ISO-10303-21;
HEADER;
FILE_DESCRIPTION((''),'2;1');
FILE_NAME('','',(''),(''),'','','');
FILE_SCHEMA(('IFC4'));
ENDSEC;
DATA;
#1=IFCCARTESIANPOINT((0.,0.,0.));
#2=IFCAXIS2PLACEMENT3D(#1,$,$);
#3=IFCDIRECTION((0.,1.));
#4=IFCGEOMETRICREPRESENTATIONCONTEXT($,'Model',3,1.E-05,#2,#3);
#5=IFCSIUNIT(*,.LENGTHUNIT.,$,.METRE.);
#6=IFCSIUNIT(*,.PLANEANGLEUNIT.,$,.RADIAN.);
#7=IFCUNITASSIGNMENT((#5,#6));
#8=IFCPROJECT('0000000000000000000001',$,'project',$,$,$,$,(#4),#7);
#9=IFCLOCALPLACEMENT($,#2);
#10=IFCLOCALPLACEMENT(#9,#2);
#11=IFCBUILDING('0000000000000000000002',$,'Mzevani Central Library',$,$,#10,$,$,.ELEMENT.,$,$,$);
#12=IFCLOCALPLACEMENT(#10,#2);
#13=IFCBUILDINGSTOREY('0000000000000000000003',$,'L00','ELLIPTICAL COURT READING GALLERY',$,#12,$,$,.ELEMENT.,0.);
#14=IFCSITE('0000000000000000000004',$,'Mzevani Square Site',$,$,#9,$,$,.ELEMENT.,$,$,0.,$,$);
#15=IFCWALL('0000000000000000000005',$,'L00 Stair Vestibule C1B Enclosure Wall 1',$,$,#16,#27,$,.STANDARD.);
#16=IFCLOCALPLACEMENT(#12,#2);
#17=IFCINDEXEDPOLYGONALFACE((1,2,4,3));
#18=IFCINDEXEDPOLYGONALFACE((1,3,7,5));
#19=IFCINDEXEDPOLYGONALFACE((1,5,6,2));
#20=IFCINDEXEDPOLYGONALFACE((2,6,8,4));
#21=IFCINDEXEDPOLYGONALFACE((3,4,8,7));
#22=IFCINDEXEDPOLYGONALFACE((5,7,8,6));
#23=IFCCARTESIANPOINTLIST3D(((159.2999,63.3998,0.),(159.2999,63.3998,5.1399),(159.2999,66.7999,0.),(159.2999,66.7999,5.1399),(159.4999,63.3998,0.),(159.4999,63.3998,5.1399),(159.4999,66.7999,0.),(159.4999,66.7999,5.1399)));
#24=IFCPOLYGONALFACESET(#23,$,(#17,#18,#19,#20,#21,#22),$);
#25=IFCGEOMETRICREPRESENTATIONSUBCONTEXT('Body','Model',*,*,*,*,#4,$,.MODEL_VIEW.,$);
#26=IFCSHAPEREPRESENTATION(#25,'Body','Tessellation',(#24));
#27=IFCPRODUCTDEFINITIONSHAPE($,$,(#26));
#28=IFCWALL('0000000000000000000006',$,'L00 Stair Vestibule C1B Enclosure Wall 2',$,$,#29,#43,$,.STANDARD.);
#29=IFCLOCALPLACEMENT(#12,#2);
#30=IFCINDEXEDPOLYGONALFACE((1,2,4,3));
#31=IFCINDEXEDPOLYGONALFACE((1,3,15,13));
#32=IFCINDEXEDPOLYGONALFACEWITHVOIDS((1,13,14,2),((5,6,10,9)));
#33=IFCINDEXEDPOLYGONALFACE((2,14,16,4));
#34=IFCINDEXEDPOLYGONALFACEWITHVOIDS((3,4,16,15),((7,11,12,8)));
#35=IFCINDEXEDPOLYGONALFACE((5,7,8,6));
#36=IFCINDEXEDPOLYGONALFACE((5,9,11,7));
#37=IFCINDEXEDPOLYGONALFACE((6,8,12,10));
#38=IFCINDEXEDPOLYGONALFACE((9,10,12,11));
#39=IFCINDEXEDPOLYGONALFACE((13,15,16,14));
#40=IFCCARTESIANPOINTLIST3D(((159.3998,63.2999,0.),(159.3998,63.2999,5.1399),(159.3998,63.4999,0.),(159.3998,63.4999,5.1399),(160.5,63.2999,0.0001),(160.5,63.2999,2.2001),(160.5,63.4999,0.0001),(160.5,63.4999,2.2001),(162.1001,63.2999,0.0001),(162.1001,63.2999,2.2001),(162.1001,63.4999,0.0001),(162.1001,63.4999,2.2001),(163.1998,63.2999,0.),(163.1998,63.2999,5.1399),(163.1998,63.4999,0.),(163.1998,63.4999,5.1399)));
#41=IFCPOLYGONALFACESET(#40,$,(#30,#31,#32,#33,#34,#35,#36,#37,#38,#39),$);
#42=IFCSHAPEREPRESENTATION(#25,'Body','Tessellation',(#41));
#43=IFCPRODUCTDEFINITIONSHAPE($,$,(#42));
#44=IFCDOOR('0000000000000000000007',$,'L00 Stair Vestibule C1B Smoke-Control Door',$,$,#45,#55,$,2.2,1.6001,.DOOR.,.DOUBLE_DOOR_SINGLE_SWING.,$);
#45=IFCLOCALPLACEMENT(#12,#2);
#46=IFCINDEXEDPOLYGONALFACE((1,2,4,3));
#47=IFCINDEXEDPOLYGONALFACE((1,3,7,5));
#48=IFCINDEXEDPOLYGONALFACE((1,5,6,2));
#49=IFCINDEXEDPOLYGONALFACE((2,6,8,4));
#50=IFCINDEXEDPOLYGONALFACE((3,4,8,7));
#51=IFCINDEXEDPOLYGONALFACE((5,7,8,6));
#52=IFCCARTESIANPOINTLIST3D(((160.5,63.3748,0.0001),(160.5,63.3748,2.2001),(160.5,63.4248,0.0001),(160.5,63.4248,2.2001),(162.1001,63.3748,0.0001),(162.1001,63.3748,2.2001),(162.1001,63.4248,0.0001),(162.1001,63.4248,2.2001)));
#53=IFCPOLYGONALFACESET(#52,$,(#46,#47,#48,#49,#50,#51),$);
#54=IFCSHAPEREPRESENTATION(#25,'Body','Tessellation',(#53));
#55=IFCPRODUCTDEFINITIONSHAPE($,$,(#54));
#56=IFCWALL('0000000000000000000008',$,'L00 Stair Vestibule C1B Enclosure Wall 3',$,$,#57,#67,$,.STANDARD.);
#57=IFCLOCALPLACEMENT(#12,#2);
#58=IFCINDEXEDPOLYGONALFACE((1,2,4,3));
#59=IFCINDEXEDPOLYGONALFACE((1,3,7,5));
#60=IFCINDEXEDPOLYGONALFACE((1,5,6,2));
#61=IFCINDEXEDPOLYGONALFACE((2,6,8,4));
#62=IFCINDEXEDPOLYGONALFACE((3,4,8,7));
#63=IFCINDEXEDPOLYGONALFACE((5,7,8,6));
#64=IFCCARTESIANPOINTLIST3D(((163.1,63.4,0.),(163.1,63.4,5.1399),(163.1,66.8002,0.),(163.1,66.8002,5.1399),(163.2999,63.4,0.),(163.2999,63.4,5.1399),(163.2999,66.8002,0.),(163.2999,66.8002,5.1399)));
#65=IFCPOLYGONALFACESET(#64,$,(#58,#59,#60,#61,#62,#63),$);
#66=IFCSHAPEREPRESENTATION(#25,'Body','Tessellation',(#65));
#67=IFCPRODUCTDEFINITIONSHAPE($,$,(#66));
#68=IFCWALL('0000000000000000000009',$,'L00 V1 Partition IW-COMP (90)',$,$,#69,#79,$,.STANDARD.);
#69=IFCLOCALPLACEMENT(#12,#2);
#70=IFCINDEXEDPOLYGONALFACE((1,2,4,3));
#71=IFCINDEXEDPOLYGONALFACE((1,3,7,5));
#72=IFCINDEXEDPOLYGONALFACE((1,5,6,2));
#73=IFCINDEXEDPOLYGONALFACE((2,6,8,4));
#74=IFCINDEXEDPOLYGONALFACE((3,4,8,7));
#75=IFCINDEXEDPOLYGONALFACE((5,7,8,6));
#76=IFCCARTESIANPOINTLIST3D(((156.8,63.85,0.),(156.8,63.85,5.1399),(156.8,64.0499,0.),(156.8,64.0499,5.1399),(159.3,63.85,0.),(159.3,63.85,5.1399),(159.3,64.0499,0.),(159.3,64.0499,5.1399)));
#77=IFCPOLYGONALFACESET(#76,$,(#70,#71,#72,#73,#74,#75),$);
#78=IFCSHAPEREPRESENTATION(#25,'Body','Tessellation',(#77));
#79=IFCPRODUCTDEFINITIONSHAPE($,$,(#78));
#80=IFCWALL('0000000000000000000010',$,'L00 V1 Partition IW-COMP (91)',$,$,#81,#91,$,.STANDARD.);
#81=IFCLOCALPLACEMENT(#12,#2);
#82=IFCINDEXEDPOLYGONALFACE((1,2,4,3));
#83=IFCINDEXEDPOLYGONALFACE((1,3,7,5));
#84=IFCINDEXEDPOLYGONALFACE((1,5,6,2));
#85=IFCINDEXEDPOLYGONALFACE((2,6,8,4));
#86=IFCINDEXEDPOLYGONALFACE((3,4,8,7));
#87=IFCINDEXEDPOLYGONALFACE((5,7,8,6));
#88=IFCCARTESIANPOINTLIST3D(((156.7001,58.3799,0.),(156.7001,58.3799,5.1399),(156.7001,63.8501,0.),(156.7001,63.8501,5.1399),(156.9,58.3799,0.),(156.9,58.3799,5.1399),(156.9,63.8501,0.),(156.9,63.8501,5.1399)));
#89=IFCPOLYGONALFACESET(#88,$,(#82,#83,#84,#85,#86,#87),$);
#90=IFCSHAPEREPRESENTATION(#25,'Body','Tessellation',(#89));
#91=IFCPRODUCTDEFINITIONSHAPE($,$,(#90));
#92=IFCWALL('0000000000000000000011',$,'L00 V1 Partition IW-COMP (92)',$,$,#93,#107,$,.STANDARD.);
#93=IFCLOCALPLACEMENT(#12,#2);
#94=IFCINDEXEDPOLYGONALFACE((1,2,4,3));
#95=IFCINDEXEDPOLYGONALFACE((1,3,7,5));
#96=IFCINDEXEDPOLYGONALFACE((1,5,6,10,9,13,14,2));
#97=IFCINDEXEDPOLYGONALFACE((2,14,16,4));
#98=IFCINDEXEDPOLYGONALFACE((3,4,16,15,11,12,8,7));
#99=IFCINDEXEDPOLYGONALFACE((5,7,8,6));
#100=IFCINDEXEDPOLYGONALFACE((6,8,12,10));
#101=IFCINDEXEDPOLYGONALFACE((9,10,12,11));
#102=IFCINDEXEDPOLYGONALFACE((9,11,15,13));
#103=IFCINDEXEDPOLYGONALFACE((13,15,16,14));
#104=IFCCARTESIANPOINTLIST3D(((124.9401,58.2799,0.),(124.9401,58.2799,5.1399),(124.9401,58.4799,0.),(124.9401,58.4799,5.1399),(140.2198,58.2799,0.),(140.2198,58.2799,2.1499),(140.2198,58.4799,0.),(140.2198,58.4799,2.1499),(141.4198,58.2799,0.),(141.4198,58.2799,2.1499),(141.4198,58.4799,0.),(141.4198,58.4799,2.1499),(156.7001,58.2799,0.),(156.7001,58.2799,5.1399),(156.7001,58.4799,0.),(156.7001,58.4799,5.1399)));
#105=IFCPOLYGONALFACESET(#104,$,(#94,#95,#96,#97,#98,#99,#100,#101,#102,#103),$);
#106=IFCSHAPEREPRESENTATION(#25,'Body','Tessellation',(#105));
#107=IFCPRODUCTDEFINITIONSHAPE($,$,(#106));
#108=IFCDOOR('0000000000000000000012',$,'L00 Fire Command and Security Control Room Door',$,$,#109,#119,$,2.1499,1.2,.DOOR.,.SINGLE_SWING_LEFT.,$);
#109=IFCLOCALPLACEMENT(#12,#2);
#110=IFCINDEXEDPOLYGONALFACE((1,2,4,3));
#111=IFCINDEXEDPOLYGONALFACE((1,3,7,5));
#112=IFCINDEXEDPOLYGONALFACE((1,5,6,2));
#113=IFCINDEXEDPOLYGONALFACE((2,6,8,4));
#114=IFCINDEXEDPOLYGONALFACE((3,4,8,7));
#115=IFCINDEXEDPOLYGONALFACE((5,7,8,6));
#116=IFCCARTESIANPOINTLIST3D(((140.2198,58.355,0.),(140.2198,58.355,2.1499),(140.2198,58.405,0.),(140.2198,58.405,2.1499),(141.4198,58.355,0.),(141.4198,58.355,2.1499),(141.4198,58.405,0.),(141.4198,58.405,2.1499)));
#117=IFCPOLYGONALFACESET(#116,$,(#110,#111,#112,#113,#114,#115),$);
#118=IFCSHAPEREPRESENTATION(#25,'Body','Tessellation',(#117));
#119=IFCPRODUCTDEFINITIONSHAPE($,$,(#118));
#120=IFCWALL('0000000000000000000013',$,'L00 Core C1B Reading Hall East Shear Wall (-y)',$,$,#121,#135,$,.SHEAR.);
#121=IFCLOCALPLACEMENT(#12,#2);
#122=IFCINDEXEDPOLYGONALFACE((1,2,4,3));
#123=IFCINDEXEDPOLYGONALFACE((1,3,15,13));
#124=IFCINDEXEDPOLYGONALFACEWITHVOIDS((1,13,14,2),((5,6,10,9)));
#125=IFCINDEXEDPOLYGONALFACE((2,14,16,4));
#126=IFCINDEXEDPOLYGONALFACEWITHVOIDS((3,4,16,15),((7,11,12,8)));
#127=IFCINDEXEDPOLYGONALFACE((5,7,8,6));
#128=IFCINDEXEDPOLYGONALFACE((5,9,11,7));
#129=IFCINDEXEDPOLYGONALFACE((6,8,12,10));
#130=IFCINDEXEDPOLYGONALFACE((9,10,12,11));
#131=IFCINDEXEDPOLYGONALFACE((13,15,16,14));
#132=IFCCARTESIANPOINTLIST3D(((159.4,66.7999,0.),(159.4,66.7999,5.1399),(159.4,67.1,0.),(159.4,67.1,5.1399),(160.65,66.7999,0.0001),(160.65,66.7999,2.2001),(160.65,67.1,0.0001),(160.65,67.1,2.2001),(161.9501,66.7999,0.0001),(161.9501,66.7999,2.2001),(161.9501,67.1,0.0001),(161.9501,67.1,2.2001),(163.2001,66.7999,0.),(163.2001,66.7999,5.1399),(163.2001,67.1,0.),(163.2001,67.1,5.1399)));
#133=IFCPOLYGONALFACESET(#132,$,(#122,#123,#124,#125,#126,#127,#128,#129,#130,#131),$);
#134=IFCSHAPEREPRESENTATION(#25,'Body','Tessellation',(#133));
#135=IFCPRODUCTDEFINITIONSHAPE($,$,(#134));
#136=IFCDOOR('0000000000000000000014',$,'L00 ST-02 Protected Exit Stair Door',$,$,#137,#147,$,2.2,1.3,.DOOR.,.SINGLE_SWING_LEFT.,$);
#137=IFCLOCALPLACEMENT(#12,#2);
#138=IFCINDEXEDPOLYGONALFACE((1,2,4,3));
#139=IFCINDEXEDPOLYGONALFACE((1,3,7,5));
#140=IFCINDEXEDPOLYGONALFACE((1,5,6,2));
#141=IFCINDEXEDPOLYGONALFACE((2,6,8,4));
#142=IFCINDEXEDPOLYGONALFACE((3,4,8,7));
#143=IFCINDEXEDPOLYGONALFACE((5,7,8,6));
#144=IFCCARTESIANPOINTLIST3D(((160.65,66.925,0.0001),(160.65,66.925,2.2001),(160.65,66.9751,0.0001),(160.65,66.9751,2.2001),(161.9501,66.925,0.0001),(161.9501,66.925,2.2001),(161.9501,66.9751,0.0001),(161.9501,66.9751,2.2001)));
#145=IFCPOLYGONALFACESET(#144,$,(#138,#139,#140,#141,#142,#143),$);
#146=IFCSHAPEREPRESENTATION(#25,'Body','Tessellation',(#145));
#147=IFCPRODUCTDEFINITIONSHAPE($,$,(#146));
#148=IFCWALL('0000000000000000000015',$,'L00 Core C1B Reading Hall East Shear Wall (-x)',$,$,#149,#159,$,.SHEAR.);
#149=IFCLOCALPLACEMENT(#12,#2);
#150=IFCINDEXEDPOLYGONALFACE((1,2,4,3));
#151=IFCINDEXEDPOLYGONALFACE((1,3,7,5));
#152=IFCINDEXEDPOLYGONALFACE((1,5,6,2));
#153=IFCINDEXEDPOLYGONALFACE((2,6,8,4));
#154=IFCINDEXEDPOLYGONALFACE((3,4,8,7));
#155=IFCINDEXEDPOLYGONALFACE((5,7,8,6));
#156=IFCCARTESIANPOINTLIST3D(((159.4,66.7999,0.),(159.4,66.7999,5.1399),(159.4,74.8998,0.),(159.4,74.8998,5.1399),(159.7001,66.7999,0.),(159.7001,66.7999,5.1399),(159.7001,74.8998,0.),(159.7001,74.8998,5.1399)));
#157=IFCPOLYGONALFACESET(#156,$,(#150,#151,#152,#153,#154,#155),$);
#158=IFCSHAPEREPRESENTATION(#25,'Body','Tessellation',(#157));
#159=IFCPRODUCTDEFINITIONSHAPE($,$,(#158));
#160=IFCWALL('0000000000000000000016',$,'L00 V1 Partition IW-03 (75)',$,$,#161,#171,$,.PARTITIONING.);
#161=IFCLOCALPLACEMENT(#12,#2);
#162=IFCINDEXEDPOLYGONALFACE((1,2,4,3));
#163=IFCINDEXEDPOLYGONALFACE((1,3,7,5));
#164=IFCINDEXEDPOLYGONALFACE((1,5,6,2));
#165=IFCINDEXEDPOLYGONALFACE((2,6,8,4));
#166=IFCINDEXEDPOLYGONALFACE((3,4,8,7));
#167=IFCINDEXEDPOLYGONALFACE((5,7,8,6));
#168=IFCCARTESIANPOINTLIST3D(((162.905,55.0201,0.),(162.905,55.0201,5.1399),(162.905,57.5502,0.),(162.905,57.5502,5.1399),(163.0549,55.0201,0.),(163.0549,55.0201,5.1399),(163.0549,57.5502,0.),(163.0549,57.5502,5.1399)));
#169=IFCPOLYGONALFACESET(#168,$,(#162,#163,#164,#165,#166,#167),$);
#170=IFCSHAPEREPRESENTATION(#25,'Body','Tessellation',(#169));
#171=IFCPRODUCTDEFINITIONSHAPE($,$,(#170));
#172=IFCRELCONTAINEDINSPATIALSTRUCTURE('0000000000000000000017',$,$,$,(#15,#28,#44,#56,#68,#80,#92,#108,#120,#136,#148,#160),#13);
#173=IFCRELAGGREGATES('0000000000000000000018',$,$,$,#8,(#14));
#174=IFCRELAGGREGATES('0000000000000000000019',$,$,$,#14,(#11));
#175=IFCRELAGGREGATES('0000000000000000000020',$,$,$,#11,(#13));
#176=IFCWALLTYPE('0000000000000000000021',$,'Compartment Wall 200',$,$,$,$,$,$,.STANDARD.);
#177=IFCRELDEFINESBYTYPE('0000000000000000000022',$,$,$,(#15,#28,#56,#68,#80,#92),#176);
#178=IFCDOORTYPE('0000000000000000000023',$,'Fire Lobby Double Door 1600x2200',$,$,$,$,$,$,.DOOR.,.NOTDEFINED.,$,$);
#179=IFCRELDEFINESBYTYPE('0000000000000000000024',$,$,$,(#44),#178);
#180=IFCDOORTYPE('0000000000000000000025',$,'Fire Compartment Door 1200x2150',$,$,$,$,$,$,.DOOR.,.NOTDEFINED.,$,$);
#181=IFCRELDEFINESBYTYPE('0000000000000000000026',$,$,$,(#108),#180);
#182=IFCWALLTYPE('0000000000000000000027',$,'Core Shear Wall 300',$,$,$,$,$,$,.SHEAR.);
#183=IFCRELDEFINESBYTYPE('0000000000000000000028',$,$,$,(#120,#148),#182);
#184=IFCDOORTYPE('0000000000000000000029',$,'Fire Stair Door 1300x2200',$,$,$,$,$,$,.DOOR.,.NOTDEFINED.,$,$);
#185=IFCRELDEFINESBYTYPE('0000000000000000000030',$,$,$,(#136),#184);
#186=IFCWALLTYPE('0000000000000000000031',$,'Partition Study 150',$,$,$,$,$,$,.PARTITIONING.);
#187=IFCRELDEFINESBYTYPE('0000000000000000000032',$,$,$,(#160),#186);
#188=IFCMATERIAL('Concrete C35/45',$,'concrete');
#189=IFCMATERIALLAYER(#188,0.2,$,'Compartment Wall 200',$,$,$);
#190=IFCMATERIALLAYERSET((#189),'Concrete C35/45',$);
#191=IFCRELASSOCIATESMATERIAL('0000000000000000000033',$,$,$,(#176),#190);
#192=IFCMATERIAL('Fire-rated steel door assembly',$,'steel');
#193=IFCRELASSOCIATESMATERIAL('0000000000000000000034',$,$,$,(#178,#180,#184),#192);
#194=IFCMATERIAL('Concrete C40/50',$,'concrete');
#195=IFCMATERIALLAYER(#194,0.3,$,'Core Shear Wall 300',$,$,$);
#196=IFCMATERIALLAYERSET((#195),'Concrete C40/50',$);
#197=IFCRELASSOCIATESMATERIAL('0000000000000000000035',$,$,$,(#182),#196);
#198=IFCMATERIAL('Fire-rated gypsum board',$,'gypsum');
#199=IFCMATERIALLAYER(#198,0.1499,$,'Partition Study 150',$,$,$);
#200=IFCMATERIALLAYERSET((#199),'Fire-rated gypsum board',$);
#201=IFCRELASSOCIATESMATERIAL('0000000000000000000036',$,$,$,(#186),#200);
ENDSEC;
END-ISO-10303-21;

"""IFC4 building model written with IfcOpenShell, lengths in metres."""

from ifc_helpers import new_model, si_unit, direction, frame, frame_2d, origin, place, context, subcontext, project, spatial, rectangle, extrude, material, layer, layer_set, type_object, element, fill, save


model = new_model("IFC4")

# Units and contexts
model_context = context("Model", 3, precision=1e-05, world=origin(), true_north=direction((0.0, 1.0)))
body_context = subcontext(model_context, "Body", "Model", "MODEL_VIEW")
ifc_project = project(units=[si_unit("LENGTHUNIT", "METRE"), si_unit("PLANEANGLEUNIT", "RADIAN")], contexts=[model_context])

# Site, building, storey
site_placement = place(None, origin())
site = spatial("IfcSite", under=ifc_project, at=site_placement, Name="Mzevani Square Site", CompositionType="ELEMENT", RefElevation=0.0)
building_placement = place(site_placement, origin())
building = spatial("IfcBuilding", under=site, at=building_placement, Name="Mzevani Central Library", CompositionType="ELEMENT")
storey_placement = place(building_placement, origin())
storey = spatial("IfcBuildingStorey", under=building, at=storey_placement, Name="L00", Description="ELLIPTICAL COURT READING GALLERY", CompositionType="ELEMENT", Elevation=0.0)

# Shared definitions
ifc_material_1 = material(Name="Concrete C40/50", Category="concrete")

# Wall
ifc_material_2 = material(Name="Concrete C35/45", Category="concrete")
ifc_layer_1 = layer(ifc_material_2, 0.2, Name="Compartment Wall 200")
ifc_layer_set_1 = layer_set([ifc_layer_1], Name="Concrete C35/45")
wall_type_1 = type_object("IfcWallType", Name="Compartment Wall 200", PredefinedType="STANDARD", material=ifc_layer_set_1)
wall_1_placement = place(storey_placement, frame((159.3999, 66.8, 0.0), z_axis=(0.0, 0.0, 1.0), x_axis=(0.0, -1.0, 0.0)))
element("IfcWall", 1, at=wall_1_placement, inside=storey, type_object=wall_type_1, Name="L00 Stair Vestibule C1B Enclosure Wall 1", PredefinedType="STANDARD", context=body_context, shape_type="SweptSolid", body=[
    extrude(rectangle(XDim=3.4001, YDim=0.2, at=frame_2d((1.7002, 0.0))), origin(), (0.0, 0.0, 1.0), 5.1399),
])

# Wall, opening, door
wall_2_placement = place(storey_placement, frame((159.3999, 63.3999, 0.0), z_axis=(0.0, 0.0, 1.0), x_axis=(1.0, 0.0, 0.0)))
wall_2 = element("IfcWall", 2, at=wall_2_placement, inside=storey, type_object=wall_type_1, Name="L00 Stair Vestibule C1B Enclosure Wall 2", PredefinedType="STANDARD", context=body_context, shape_type="SweptSolid", body=[
    extrude(rectangle(XDim=3.8, YDim=0.2, at=frame_2d((1.8999, 0.0))), origin(), (0.0, 0.0, 1.0), 5.1399),
])
opening_1_placement = place(wall_2_placement, frame((1.1001, 0.0, 0.0)))
opening_1 = element("IfcOpeningElement", 3, at=opening_1_placement, cuts=wall_2, PredefinedType="OPENING", context=body_context, shape_type="SweptSolid", body=[
    extrude(rectangle(XDim=1.6001, YDim=2.2, at=frame_2d((0.8, 1.1001))), frame((0.0, 0.1099, 0.0), z_axis=(0.0, -1.0, 0.0), x_axis=(1.0, 0.0, 0.0)), (0.0, 0.0, 1.0), 0.22),
])
ifc_material_3 = material(Name="Fire-rated steel door assembly", Category="steel")
door_type_1 = type_object("IfcDoorType", Name="Fire Lobby Double Door 1600x2200", OperationType="NOTDEFINED", PredefinedType="DOOR", material=ifc_material_3)
door_1_placement = place(opening_1_placement, origin())
door_1 = element("IfcDoor", 4, at=door_1_placement, inside=storey, type_object=door_type_1, Name="L00 Stair Vestibule C1B Smoke-Control Door", OperationType="DOUBLE_DOOR_SINGLE_SWING", OverallHeight=2.2, OverallWidth=1.6001, PredefinedType="DOOR", context=body_context, shape_type="SweptSolid", body=[
    extrude(rectangle(XDim=1.6001, YDim=2.2, at=frame_2d((0.8, 1.1001))), frame((0.0, 0.0249, 0.0), z_axis=(0.0, -1.0, 0.0), x_axis=(1.0, 0.0, 0.0)), (0.0, 0.0, 1.0), 0.05),
])
fill(opening_1, door_1)

# Walls
wall_3_placement = place(storey_placement, frame((163.2, 63.3999, 0.0), z_axis=(0.0, 0.0, 1.0), x_axis=(0.0, 1.0, 0.0)))
element("IfcWall", 5, at=wall_3_placement, inside=storey, type_object=wall_type_1, Name="L00 Stair Vestibule C1B Enclosure Wall 3", PredefinedType="STANDARD", context=body_context, shape_type="SweptSolid", body=[
    extrude(rectangle(XDim=3.4001, YDim=0.2, at=frame_2d((1.7002, 0.0))), origin(), (0.0, 0.0, 1.0), 5.1399),
])
wall_4_placement = place(storey_placement, frame((159.3, 63.95, 0.0), z_axis=(0.0, 0.0, 1.0), x_axis=(-1.0, 0.0, 0.0)))
element("IfcWall", 6, at=wall_4_placement, inside=storey, type_object=wall_type_1, Name="L00 V1 Partition IW-COMP (90)", PredefinedType="STANDARD", context=body_context, shape_type="SweptSolid", body=[
    extrude(rectangle(XDim=2.5, YDim=0.2, at=frame_2d((1.25, 0.0))), origin(), (0.0, 0.0, 1.0), 5.1399),
])
wall_5_placement = place(storey_placement, frame((156.8, 63.8501, 0.0), z_axis=(0.0, 0.0, 1.0), x_axis=(0.0, -1.0, 0.0)))
element("IfcWall", 7, at=wall_5_placement, inside=storey, type_object=wall_type_1, Name="L00 V1 Partition IW-COMP (91)", PredefinedType="STANDARD", context=body_context, shape_type="SweptSolid", body=[
    extrude(rectangle(XDim=5.4702, YDim=0.2, at=frame_2d((2.7351, 0.0))), origin(), (0.0, 0.0, 1.0), 5.1399),
])

# Walls, openings, doors
wall_6_placement = place(storey_placement, frame((156.7, 58.3799, 0.0), z_axis=(0.0, 0.0, 1.0), x_axis=(-1.0, 0.0, 0.0)))
wall_6 = element("IfcWall", 8, at=wall_6_placement, inside=storey, type_object=wall_type_1, Name="L00 V1 Partition IW-COMP (92)", PredefinedType="STANDARD", context=body_context, shape_type="SweptSolid", body=[
    extrude(rectangle(XDim=31.76, YDim=0.2, at=frame_2d((15.8799, 0.0))), origin(), (0.0, 0.0, 1.0), 5.1399),
])
opening_2_placement = place(wall_6_placement, frame((15.28, 0.0, 0.0)))
opening_2 = element("IfcOpeningElement", 9, at=opening_2_placement, cuts=wall_6, PredefinedType="OPENING", context=body_context, shape_type="SweptSolid", body=[
    extrude(rectangle(XDim=1.2, YDim=2.1499, at=frame_2d((0.6001, 1.075))), frame((0.0, 0.1099, 0.0), z_axis=(0.0, -1.0, 0.0), x_axis=(1.0, 0.0, 0.0)), (0.0, 0.0, 1.0), 0.22),
])
door_type_2 = type_object("IfcDoorType", Name="Fire Compartment Door 1200x2150", OperationType="NOTDEFINED", PredefinedType="DOOR", material=ifc_material_3)
door_2_placement = place(opening_2_placement, origin())
door_2 = element("IfcDoor", 10, at=door_2_placement, inside=storey, type_object=door_type_2, Name="L00 Fire Command and Security Control Room Door", OperationType="SINGLE_SWING_LEFT", OverallHeight=2.1499, OverallWidth=1.2, PredefinedType="DOOR", context=body_context, shape_type="SweptSolid", body=[
    extrude(rectangle(XDim=1.2, YDim=2.1499, at=frame_2d((0.6001, 1.075))), frame((0.0, 0.0249, 0.0), z_axis=(0.0, -1.0, 0.0), x_axis=(1.0, 0.0, 0.0)), (0.0, 0.0, 1.0), 0.05),
])
fill(opening_2, door_2)
ifc_layer_2 = layer(ifc_material_1, 0.3, Name="Core Shear Wall 300")
ifc_layer_set_2 = layer_set([ifc_layer_2], Name="Concrete C40/50")
wall_type_2 = type_object("IfcWallType", Name="Core Shear Wall 300", PredefinedType="SHEAR", material=ifc_layer_set_2)
wall_7_placement = place(storey_placement, frame((163.2, 66.95, 0.0), z_axis=(0.0, 0.0, 1.0), x_axis=(-1.0, 0.0, 0.0)))
wall_7 = element("IfcWall", 11, at=wall_7_placement, inside=storey, type_object=wall_type_2, Name="L00 Core C1B Reading Hall East Shear Wall (-y)", PredefinedType="SHEAR", context=body_context, shape_type="SweptSolid", body=[
    extrude(rectangle(XDim=3.8, YDim=0.3, at=frame_2d((1.8999, 0.0))), origin(), (0.0, 0.0, 1.0), 5.1399),
])
opening_3_placement = place(wall_7_placement, frame((1.25, 0.0, 0.0)))
opening_3 = element("IfcOpeningElement", 12, at=opening_3_placement, cuts=wall_7, PredefinedType="OPENING", context=body_context, shape_type="SweptSolid", body=[
    extrude(rectangle(XDim=1.3, YDim=2.2, at=frame_2d((0.6499, 1.1001))), frame((0.0, 0.1602, 0.0), z_axis=(0.0, -1.0, 0.0), x_axis=(1.0, 0.0, 0.0)), (0.0, 0.0, 1.0), 0.3201),
])
door_type_3 = type_object("IfcDoorType", Name="Fire Stair Door 1300x2200", OperationType="NOTDEFINED", PredefinedType="DOOR", material=ifc_material_3)
door_3_placement = place(opening_3_placement, origin())
door_3 = element("IfcDoor", 13, at=door_3_placement, inside=storey, type_object=door_type_3, Name="L00 ST-02 Protected Exit Stair Door", OperationType="SINGLE_SWING_LEFT", OverallHeight=2.2, OverallWidth=1.3, PredefinedType="DOOR", context=body_context, shape_type="SweptSolid", body=[
    extrude(rectangle(XDim=1.3, YDim=2.2, at=frame_2d((0.6499, 1.1001))), frame((0.0, 0.0249, 0.0), z_axis=(0.0, -1.0, 0.0), x_axis=(1.0, 0.0, 0.0)), (0.0, 0.0, 1.0), 0.05),
])
fill(opening_3, door_3)

# Walls
wall_8_placement = place(storey_placement, frame((159.55, 66.8, 0.0), z_axis=(0.0, 0.0, 1.0), x_axis=(0.0, 1.0, 0.0)))
element("IfcWall", 14, at=wall_8_placement, inside=storey, type_object=wall_type_2, Name="L00 Core C1B Reading Hall East Shear Wall (-x)", PredefinedType="SHEAR", context=body_context, shape_type="SweptSolid", body=[
    extrude(rectangle(XDim=8.0999, YDim=0.3, at=frame_2d((4.0498, 0.0))), origin(), (0.0, 0.0, 1.0), 5.1399),
])
ifc_material_4 = material(Name="Fire-rated gypsum board", Category="gypsum")
ifc_layer_3 = layer(ifc_material_4, 0.1499, Name="Partition Study 150")
ifc_layer_set_3 = layer_set([ifc_layer_3], Name="Fire-rated gypsum board")
wall_type_3 = type_object("IfcWallType", Name="Partition Study 150", PredefinedType="PARTITIONING", material=ifc_layer_set_3)
wall_9_placement = place(storey_placement, frame((162.98, 55.02, 0.0), z_axis=(0.0, 0.0, 1.0), x_axis=(0.0, 1.0, 0.0)))
element("IfcWall", 15, at=wall_9_placement, inside=storey, type_object=wall_type_3, Name="L00 V1 Partition IW-03 (75)", PredefinedType="PARTITIONING", context=body_context, shape_type="SweptSolid", body=[
    extrude(rectangle(XDim=2.53, YDim=0.1499, at=frame_2d((1.2651, 0.0))), origin(), (0.0, 0.0, 1.0), 5.1399),
])

save(model, "model.ifc")
